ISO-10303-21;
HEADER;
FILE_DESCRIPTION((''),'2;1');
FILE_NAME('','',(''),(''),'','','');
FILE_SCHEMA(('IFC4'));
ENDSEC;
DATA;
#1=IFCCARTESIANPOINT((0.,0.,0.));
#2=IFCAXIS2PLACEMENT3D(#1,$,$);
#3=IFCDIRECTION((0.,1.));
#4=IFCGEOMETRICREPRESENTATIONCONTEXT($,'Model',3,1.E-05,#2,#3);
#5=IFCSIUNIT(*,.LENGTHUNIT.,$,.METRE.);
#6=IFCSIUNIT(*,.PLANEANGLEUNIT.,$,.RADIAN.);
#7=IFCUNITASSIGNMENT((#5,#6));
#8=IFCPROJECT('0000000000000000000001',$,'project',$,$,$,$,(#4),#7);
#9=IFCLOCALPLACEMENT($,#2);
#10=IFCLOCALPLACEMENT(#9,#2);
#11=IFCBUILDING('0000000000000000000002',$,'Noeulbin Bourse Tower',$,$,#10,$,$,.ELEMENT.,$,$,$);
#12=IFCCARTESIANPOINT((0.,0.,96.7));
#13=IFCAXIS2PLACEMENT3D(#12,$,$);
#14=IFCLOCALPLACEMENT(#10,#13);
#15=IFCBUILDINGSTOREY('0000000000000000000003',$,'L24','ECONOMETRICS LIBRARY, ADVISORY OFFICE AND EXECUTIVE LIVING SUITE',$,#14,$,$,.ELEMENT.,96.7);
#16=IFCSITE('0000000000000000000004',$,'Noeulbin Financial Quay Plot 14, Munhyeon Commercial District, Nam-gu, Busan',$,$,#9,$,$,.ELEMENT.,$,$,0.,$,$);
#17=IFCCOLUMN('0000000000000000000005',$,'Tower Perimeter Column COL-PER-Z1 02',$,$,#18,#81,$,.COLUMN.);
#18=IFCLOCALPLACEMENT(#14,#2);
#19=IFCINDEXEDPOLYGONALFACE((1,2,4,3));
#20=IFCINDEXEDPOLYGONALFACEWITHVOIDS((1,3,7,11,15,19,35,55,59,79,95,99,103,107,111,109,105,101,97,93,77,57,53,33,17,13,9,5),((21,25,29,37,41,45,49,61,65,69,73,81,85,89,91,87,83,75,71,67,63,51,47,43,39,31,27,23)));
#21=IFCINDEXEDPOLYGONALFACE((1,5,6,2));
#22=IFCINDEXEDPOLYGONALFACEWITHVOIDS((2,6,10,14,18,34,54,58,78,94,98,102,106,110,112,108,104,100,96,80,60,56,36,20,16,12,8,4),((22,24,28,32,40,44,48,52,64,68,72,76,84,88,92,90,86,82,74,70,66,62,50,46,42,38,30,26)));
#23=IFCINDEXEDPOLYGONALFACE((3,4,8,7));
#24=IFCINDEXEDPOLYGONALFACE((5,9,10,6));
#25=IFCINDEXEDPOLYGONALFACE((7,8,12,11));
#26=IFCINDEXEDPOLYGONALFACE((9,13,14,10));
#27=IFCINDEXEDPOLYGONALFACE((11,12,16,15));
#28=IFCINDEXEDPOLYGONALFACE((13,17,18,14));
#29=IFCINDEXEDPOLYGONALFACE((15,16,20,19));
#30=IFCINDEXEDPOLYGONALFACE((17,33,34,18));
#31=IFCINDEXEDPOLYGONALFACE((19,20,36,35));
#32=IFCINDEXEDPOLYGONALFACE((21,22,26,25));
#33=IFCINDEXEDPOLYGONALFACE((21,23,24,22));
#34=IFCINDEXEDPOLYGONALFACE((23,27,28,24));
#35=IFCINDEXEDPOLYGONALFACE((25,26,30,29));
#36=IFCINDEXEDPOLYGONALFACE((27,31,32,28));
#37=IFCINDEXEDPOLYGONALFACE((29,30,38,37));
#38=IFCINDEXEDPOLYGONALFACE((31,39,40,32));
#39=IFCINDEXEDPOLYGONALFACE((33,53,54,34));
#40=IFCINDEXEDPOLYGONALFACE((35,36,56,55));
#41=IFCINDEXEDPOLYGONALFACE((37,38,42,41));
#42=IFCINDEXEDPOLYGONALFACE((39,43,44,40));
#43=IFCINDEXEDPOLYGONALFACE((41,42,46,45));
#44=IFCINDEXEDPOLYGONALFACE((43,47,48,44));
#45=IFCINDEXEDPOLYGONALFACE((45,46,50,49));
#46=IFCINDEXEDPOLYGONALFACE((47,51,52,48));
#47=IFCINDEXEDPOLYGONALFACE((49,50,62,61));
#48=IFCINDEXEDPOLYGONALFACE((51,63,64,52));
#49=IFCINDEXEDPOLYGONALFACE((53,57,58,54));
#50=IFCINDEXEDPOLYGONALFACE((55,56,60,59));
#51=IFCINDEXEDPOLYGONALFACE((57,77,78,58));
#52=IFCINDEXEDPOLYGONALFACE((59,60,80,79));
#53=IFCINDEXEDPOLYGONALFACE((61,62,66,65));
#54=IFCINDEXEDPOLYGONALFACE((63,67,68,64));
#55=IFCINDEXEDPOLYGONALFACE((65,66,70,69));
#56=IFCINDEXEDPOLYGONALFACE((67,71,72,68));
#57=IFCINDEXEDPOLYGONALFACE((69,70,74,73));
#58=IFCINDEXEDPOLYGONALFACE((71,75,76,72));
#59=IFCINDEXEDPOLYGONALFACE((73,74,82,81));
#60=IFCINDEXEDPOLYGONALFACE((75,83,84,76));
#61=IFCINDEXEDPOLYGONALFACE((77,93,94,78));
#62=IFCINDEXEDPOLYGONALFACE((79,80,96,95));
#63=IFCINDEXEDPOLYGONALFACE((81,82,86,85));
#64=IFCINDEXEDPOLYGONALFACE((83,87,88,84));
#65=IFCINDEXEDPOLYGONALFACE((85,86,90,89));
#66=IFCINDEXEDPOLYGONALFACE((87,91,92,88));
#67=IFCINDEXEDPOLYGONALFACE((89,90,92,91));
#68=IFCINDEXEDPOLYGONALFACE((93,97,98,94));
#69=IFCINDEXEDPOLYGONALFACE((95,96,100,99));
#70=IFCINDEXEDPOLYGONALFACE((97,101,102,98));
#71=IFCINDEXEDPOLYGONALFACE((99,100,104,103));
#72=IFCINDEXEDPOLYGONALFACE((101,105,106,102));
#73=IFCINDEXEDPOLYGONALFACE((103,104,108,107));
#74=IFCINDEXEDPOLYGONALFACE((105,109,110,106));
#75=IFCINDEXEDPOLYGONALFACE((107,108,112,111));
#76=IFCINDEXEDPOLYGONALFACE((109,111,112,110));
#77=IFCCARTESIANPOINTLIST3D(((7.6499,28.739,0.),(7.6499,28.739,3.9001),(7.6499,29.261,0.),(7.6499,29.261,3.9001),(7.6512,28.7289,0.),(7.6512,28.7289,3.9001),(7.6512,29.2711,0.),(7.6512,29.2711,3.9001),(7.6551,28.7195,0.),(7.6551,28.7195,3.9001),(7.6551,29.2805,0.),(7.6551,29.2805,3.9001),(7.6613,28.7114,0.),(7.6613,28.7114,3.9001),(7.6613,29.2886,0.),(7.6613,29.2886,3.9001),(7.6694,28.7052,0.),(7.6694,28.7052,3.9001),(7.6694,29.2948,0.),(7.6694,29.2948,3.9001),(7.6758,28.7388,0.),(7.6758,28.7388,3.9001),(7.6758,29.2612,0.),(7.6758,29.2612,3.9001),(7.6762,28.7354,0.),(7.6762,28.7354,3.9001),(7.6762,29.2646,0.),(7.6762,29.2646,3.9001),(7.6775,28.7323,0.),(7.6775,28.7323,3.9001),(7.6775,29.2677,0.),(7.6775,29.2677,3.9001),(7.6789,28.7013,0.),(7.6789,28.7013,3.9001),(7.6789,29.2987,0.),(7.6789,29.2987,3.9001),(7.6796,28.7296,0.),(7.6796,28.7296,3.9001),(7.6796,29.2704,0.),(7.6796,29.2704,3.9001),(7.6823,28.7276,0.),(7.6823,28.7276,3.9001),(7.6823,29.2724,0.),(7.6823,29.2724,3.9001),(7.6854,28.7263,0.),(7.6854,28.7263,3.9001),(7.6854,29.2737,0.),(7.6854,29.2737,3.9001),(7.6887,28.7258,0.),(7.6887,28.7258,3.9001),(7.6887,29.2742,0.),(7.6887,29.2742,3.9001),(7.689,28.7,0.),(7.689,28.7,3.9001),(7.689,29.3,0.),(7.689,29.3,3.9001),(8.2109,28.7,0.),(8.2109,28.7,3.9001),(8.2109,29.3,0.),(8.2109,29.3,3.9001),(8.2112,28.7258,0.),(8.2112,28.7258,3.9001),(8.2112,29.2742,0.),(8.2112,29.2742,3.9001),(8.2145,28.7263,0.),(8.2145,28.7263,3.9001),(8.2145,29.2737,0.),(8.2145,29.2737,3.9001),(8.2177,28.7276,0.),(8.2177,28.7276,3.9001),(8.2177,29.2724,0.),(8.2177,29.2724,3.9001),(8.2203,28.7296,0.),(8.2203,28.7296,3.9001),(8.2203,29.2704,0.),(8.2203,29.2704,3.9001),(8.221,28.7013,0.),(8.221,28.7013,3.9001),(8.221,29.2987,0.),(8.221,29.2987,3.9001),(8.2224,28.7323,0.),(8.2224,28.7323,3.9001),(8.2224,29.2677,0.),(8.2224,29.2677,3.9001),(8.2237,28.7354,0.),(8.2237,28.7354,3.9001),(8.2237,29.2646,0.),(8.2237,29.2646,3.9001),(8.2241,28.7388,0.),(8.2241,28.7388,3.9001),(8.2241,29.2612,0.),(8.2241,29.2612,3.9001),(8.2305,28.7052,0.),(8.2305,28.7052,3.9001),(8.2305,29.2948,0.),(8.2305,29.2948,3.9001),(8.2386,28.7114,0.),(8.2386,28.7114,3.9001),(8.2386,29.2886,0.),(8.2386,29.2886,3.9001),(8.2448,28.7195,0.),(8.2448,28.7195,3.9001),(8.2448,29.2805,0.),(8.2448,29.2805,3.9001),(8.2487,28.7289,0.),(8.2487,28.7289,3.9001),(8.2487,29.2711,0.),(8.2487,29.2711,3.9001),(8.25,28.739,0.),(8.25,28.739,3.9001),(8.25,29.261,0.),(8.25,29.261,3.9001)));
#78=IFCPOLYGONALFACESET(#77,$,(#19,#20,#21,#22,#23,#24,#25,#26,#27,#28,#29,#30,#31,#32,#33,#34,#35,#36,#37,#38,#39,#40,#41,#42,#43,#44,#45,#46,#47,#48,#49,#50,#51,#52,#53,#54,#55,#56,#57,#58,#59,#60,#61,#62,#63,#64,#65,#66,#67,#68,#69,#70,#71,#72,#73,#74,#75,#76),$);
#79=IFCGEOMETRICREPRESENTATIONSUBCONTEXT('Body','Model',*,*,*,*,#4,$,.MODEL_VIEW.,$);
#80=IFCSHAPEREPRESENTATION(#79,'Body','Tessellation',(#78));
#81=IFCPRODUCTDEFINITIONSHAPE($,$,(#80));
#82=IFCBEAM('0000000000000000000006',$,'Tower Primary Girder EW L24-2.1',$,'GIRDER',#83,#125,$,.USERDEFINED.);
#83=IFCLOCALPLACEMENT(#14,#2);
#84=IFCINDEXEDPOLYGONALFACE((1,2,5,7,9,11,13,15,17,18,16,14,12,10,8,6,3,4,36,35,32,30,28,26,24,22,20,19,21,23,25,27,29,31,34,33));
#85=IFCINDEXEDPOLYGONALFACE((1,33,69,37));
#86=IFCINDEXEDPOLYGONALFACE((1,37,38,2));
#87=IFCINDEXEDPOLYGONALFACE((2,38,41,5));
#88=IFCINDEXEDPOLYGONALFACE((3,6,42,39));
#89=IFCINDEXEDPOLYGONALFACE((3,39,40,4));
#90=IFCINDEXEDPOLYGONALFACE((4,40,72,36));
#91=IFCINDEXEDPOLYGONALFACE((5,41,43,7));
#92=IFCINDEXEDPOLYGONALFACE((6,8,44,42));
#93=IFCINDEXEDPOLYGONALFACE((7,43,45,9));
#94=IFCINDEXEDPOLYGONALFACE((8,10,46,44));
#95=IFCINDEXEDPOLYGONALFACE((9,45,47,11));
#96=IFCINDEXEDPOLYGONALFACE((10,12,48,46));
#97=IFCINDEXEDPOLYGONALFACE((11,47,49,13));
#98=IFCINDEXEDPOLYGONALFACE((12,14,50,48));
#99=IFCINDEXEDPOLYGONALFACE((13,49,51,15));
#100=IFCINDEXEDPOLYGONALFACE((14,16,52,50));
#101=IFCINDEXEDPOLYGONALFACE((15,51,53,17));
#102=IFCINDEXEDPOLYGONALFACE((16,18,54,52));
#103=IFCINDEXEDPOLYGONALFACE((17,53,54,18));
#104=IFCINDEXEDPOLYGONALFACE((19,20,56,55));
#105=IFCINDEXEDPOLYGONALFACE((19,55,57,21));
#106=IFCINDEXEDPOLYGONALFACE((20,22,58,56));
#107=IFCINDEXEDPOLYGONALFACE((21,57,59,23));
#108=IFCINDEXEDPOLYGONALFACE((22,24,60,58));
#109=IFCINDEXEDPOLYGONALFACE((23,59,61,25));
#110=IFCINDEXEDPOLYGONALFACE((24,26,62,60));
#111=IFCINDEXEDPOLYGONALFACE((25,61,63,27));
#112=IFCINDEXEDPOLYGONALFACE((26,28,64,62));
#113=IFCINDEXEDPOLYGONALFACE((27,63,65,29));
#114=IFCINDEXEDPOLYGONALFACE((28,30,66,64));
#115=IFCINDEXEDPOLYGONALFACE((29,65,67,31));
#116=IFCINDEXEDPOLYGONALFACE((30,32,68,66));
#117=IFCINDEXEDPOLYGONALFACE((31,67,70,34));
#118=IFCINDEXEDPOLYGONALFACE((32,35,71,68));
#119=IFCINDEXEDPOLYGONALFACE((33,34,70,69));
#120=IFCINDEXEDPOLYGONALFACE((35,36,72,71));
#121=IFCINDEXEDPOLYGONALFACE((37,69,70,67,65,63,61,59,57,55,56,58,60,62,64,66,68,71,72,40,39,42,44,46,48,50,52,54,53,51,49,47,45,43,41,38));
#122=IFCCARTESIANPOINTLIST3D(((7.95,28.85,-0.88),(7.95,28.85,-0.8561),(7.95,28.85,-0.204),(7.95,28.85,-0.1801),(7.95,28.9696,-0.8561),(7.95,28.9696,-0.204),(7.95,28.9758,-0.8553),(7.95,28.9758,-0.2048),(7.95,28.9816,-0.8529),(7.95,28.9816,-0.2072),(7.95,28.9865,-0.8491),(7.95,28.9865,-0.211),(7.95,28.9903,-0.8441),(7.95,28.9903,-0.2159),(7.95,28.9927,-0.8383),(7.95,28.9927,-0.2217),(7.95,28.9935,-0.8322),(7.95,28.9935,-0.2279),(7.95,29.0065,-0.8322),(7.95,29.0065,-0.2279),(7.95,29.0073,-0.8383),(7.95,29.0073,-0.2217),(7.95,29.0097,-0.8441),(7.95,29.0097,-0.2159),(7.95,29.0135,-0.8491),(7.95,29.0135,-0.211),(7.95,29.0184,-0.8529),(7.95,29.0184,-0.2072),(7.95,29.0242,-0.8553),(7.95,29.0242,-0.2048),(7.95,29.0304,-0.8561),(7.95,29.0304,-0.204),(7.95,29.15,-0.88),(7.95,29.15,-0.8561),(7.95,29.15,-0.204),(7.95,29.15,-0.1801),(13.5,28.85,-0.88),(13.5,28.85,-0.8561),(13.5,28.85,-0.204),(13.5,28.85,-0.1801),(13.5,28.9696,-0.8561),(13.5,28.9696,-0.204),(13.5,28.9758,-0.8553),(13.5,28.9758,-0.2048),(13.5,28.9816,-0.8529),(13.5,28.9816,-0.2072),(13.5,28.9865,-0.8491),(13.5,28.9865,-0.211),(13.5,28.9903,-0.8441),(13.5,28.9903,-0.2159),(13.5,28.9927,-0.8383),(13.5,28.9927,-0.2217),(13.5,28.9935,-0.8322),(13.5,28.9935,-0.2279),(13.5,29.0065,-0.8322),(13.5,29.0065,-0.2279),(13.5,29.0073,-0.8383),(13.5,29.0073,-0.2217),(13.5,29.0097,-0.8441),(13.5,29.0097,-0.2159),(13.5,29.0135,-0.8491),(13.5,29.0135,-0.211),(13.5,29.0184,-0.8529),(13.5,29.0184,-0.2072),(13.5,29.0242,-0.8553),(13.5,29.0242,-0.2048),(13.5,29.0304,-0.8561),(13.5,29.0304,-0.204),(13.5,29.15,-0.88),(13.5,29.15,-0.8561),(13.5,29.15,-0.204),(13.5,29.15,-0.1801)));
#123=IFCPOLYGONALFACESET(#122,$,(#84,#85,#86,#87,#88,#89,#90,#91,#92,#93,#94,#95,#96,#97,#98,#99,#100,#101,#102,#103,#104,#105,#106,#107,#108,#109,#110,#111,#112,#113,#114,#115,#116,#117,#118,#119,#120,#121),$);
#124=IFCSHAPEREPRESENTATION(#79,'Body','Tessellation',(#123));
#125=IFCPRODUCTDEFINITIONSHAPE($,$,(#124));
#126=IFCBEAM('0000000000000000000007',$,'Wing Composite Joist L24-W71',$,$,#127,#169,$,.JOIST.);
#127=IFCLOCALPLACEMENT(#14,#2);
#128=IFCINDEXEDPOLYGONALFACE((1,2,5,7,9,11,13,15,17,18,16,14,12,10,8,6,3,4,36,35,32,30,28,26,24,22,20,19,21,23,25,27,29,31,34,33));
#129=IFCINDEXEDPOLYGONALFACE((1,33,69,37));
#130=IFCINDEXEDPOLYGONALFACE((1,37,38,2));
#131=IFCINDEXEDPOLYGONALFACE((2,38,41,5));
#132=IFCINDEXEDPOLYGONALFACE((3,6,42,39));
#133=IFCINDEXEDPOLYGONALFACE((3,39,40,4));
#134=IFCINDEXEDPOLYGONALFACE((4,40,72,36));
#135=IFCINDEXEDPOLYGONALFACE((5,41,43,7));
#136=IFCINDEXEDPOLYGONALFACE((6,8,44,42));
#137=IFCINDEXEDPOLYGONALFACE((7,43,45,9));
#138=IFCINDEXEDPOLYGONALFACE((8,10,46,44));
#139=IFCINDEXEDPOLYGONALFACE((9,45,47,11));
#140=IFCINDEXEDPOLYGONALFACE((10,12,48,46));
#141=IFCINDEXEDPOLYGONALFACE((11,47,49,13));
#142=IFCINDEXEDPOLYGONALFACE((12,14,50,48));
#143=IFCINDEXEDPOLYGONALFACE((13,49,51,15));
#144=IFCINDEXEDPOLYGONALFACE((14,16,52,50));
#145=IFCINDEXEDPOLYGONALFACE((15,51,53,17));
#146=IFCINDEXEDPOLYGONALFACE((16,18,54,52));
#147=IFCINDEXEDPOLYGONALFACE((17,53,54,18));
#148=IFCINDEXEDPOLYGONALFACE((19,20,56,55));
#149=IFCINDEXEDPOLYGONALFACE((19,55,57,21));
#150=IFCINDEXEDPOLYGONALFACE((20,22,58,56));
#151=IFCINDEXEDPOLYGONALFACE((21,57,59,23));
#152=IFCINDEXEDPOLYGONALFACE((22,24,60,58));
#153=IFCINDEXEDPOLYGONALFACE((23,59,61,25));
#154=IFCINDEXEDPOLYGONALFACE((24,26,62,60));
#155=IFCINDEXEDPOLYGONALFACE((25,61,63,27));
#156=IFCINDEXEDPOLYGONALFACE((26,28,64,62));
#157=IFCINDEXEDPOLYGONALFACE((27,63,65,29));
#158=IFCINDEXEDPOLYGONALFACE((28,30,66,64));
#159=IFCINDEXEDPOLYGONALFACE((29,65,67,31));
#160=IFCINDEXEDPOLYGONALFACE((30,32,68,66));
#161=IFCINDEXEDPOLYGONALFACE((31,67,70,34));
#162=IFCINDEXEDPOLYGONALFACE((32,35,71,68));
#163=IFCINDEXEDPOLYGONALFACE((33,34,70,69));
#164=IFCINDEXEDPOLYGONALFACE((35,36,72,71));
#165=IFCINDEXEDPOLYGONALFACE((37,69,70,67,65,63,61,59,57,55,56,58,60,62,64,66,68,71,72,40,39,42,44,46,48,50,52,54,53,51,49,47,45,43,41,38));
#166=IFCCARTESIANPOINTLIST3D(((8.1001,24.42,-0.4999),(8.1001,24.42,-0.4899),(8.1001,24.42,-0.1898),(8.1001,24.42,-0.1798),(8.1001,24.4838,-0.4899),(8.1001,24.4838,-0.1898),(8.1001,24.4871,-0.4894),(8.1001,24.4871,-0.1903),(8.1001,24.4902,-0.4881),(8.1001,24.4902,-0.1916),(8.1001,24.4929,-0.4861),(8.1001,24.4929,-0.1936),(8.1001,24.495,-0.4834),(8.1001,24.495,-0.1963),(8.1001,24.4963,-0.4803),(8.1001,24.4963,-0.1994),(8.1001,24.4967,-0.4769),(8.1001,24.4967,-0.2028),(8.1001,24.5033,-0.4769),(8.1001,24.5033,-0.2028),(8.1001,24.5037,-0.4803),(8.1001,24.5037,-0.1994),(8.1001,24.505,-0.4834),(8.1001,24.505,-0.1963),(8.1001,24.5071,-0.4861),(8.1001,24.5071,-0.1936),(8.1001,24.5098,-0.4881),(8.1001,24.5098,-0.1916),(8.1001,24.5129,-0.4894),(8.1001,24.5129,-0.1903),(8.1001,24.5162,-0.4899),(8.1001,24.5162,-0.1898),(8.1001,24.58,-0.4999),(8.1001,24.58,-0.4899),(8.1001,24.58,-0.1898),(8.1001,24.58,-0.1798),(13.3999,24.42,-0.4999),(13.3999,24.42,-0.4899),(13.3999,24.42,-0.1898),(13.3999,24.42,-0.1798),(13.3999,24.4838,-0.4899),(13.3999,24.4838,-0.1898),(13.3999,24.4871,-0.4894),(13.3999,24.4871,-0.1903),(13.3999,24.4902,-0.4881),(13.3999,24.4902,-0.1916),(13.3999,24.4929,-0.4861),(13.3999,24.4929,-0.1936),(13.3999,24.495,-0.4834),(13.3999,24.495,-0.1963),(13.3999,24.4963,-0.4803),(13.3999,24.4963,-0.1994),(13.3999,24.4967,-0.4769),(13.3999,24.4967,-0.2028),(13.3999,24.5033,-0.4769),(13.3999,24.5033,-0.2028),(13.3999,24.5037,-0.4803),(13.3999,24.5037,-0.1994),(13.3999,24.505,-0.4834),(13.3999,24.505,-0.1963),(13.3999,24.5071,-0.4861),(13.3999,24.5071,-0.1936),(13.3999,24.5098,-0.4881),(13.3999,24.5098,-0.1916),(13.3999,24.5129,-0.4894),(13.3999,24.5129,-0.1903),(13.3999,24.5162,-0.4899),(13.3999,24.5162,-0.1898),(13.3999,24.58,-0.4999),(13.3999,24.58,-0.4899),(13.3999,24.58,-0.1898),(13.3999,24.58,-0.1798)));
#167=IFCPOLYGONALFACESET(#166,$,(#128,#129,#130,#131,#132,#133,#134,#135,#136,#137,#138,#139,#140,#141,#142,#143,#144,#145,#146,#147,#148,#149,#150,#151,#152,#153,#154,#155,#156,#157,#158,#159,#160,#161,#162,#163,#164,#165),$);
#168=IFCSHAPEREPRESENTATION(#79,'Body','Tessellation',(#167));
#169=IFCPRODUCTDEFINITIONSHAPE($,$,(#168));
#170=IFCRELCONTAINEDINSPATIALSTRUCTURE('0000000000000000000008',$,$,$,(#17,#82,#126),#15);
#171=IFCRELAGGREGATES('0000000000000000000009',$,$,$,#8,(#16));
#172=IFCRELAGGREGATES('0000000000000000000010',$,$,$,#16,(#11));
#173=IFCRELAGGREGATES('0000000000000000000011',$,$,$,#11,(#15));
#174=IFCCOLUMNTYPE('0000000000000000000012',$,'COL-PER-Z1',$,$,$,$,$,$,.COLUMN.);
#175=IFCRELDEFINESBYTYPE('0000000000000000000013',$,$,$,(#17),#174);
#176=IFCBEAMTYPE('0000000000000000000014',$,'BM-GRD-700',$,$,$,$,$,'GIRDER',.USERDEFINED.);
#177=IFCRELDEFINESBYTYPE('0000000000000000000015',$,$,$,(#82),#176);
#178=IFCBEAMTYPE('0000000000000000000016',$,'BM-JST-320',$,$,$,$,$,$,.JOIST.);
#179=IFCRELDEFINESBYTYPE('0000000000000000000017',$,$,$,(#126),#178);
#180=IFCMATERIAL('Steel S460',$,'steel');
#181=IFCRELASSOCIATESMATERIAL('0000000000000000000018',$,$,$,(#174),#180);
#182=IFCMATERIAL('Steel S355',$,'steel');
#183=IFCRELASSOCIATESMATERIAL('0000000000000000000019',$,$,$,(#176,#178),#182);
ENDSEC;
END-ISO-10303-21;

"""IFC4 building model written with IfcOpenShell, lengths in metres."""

from ifc_helpers import new_model, si_unit, direction, frame, origin, origin_2d, place, context, subcontext, project, spatial, hollow_rectangle, i_section, extrude, material, material_profile, profile_set, type_object, element, save


model = new_model("IFC4")

# Units and contexts
model_context = context("Model", 3, precision=1e-05, world=origin(), true_north=direction((0.0, 1.0)))
body_context = subcontext(model_context, "Body", "Model", "MODEL_VIEW")
ifc_project = project(units=[si_unit("LENGTHUNIT", "METRE"), si_unit("PLANEANGLEUNIT", "RADIAN")], contexts=[model_context])

# Site, building, storey
site_placement = place(None, origin())
site = spatial("IfcSite", under=ifc_project, at=site_placement, Name="Noeulbin Financial Quay Plot 14, Munhyeon Commercial District, Nam-gu, Busan", CompositionType="ELEMENT", RefElevation=0.0)
building_placement = place(site_placement, origin())
building = spatial("IfcBuilding", under=site, at=building_placement, Name="Noeulbin Bourse Tower", CompositionType="ELEMENT")
storey_placement = place(building_placement, frame((0.0, 0.0, 96.7)))
storey = spatial("IfcBuildingStorey", under=building, at=storey_placement, Name="L24", Description="ECONOMETRICS LIBRARY, ADVISORY OFFICE AND EXECUTIVE LIVING SUITE", CompositionType="ELEMENT", Elevation=96.7)

# Column
ifc_material_1 = material(Name="Steel S460", Category="steel")
ifc_material_profile_1 = material_profile(ifc_material_1, hollow_rectangle(XDim=0.6001, YDim=0.6001, WallThickness=0.0259, InnerFilletRadius=0.0129, OuterFilletRadius=0.0391, at=origin_2d()), Name="BOX-600x600x26", Category="LoadBearing")
ifc_profile_set_1 = profile_set([ifc_material_profile_1], Name="Steel S460")
column_type = type_object("IfcColumnType", Name="COL-PER-Z1", PredefinedType="COLUMN", material=ifc_profile_set_1)
column_placement = place(storey_placement, frame((7.95, 29.0, 0.0), z_axis=(0.0, 0.0, 1.0), x_axis=(1.0, 0.0, 0.0)))
element("IfcColumn", 1, at=column_placement, inside=storey, type_object=column_type, Name="Tower Perimeter Column COL-PER-Z1 02", PredefinedType="COLUMN", context=body_context, shape_type="SweptSolid", body=[
    extrude(hollow_rectangle(XDim=0.6001, YDim=0.6001, WallThickness=0.0259, InnerFilletRadius=0.0129, OuterFilletRadius=0.0391, at=origin_2d()), origin(), (0.0, 0.0, 1.0), 3.9001),
])

# Beams
ifc_material_2 = material(Name="Steel S355", Category="steel")
ifc_material_profile_2 = material_profile(ifc_material_2, i_section(OverallWidth=0.3, OverallDepth=0.7, WebThickness=0.0129, FlangeThickness=0.0239, FilletRadius=0.0239, at=origin_2d()), Name="H-700x300x13x24", Category="LoadBearing")
ifc_profile_set_2 = profile_set([ifc_material_profile_2], Name="Steel S355")
beam_type_1 = type_object("IfcBeamType", Name="BM-GRD-700", ElementType="GIRDER", PredefinedType="USERDEFINED", material=ifc_profile_set_2)
beam_1_placement = place(storey_placement, frame((7.95, 29.0, -0.53), z_axis=(1.0, 0.0, 0.0), x_axis=(0.0, 1.0, 0.0)))
element("IfcBeam", 2, at=beam_1_placement, inside=storey, type_object=beam_type_1, Name="Tower Primary Girder EW L24-2.1", ObjectType="GIRDER", PredefinedType="USERDEFINED", context=body_context, shape_type="SweptSolid", body=[
    extrude(i_section(OverallWidth=0.3, OverallDepth=0.7, WebThickness=0.0129, FlangeThickness=0.0239, FilletRadius=0.0239, at=origin_2d()), origin(), (0.0, 0.0, 1.0), 5.55),
])
ifc_material_profile_3 = material_profile(ifc_material_2, i_section(OverallWidth=0.1599, OverallDepth=0.3201, WebThickness=0.0066, FlangeThickness=0.01, FilletRadius=0.0129, at=origin_2d()), Name="H-320x160x6.5x10", Category="LoadBearing")
ifc_profile_set_3 = profile_set([ifc_material_profile_3], Name="Steel S355")
beam_type_2 = type_object("IfcBeamType", Name="BM-JST-320", PredefinedType="JOIST", material=ifc_profile_set_3)
for number, where, z_axis, x_axis, name in (
    (3, (8.1001, 24.5, -0.3398), (1.0, 0.0, 0.0), (0.0, 1.0, 0.0), "Wing Composite Joist L24-W71"),
):
    element("IfcBeam", number, at=place(storey_placement, frame(where, z_axis=z_axis, x_axis=x_axis)), inside=storey, type_object=beam_type_2, Name=name, PredefinedType="JOIST", context=body_context, shape_type="SweptSolid", body=[
        extrude(i_section(OverallWidth=0.1599, OverallDepth=0.3201, WebThickness=0.0066, FlangeThickness=0.01, FilletRadius=0.0129, at=origin_2d()), origin(), (0.0, 0.0, 1.0), 5.2998),
    ])

save(model, "model.ifc")
